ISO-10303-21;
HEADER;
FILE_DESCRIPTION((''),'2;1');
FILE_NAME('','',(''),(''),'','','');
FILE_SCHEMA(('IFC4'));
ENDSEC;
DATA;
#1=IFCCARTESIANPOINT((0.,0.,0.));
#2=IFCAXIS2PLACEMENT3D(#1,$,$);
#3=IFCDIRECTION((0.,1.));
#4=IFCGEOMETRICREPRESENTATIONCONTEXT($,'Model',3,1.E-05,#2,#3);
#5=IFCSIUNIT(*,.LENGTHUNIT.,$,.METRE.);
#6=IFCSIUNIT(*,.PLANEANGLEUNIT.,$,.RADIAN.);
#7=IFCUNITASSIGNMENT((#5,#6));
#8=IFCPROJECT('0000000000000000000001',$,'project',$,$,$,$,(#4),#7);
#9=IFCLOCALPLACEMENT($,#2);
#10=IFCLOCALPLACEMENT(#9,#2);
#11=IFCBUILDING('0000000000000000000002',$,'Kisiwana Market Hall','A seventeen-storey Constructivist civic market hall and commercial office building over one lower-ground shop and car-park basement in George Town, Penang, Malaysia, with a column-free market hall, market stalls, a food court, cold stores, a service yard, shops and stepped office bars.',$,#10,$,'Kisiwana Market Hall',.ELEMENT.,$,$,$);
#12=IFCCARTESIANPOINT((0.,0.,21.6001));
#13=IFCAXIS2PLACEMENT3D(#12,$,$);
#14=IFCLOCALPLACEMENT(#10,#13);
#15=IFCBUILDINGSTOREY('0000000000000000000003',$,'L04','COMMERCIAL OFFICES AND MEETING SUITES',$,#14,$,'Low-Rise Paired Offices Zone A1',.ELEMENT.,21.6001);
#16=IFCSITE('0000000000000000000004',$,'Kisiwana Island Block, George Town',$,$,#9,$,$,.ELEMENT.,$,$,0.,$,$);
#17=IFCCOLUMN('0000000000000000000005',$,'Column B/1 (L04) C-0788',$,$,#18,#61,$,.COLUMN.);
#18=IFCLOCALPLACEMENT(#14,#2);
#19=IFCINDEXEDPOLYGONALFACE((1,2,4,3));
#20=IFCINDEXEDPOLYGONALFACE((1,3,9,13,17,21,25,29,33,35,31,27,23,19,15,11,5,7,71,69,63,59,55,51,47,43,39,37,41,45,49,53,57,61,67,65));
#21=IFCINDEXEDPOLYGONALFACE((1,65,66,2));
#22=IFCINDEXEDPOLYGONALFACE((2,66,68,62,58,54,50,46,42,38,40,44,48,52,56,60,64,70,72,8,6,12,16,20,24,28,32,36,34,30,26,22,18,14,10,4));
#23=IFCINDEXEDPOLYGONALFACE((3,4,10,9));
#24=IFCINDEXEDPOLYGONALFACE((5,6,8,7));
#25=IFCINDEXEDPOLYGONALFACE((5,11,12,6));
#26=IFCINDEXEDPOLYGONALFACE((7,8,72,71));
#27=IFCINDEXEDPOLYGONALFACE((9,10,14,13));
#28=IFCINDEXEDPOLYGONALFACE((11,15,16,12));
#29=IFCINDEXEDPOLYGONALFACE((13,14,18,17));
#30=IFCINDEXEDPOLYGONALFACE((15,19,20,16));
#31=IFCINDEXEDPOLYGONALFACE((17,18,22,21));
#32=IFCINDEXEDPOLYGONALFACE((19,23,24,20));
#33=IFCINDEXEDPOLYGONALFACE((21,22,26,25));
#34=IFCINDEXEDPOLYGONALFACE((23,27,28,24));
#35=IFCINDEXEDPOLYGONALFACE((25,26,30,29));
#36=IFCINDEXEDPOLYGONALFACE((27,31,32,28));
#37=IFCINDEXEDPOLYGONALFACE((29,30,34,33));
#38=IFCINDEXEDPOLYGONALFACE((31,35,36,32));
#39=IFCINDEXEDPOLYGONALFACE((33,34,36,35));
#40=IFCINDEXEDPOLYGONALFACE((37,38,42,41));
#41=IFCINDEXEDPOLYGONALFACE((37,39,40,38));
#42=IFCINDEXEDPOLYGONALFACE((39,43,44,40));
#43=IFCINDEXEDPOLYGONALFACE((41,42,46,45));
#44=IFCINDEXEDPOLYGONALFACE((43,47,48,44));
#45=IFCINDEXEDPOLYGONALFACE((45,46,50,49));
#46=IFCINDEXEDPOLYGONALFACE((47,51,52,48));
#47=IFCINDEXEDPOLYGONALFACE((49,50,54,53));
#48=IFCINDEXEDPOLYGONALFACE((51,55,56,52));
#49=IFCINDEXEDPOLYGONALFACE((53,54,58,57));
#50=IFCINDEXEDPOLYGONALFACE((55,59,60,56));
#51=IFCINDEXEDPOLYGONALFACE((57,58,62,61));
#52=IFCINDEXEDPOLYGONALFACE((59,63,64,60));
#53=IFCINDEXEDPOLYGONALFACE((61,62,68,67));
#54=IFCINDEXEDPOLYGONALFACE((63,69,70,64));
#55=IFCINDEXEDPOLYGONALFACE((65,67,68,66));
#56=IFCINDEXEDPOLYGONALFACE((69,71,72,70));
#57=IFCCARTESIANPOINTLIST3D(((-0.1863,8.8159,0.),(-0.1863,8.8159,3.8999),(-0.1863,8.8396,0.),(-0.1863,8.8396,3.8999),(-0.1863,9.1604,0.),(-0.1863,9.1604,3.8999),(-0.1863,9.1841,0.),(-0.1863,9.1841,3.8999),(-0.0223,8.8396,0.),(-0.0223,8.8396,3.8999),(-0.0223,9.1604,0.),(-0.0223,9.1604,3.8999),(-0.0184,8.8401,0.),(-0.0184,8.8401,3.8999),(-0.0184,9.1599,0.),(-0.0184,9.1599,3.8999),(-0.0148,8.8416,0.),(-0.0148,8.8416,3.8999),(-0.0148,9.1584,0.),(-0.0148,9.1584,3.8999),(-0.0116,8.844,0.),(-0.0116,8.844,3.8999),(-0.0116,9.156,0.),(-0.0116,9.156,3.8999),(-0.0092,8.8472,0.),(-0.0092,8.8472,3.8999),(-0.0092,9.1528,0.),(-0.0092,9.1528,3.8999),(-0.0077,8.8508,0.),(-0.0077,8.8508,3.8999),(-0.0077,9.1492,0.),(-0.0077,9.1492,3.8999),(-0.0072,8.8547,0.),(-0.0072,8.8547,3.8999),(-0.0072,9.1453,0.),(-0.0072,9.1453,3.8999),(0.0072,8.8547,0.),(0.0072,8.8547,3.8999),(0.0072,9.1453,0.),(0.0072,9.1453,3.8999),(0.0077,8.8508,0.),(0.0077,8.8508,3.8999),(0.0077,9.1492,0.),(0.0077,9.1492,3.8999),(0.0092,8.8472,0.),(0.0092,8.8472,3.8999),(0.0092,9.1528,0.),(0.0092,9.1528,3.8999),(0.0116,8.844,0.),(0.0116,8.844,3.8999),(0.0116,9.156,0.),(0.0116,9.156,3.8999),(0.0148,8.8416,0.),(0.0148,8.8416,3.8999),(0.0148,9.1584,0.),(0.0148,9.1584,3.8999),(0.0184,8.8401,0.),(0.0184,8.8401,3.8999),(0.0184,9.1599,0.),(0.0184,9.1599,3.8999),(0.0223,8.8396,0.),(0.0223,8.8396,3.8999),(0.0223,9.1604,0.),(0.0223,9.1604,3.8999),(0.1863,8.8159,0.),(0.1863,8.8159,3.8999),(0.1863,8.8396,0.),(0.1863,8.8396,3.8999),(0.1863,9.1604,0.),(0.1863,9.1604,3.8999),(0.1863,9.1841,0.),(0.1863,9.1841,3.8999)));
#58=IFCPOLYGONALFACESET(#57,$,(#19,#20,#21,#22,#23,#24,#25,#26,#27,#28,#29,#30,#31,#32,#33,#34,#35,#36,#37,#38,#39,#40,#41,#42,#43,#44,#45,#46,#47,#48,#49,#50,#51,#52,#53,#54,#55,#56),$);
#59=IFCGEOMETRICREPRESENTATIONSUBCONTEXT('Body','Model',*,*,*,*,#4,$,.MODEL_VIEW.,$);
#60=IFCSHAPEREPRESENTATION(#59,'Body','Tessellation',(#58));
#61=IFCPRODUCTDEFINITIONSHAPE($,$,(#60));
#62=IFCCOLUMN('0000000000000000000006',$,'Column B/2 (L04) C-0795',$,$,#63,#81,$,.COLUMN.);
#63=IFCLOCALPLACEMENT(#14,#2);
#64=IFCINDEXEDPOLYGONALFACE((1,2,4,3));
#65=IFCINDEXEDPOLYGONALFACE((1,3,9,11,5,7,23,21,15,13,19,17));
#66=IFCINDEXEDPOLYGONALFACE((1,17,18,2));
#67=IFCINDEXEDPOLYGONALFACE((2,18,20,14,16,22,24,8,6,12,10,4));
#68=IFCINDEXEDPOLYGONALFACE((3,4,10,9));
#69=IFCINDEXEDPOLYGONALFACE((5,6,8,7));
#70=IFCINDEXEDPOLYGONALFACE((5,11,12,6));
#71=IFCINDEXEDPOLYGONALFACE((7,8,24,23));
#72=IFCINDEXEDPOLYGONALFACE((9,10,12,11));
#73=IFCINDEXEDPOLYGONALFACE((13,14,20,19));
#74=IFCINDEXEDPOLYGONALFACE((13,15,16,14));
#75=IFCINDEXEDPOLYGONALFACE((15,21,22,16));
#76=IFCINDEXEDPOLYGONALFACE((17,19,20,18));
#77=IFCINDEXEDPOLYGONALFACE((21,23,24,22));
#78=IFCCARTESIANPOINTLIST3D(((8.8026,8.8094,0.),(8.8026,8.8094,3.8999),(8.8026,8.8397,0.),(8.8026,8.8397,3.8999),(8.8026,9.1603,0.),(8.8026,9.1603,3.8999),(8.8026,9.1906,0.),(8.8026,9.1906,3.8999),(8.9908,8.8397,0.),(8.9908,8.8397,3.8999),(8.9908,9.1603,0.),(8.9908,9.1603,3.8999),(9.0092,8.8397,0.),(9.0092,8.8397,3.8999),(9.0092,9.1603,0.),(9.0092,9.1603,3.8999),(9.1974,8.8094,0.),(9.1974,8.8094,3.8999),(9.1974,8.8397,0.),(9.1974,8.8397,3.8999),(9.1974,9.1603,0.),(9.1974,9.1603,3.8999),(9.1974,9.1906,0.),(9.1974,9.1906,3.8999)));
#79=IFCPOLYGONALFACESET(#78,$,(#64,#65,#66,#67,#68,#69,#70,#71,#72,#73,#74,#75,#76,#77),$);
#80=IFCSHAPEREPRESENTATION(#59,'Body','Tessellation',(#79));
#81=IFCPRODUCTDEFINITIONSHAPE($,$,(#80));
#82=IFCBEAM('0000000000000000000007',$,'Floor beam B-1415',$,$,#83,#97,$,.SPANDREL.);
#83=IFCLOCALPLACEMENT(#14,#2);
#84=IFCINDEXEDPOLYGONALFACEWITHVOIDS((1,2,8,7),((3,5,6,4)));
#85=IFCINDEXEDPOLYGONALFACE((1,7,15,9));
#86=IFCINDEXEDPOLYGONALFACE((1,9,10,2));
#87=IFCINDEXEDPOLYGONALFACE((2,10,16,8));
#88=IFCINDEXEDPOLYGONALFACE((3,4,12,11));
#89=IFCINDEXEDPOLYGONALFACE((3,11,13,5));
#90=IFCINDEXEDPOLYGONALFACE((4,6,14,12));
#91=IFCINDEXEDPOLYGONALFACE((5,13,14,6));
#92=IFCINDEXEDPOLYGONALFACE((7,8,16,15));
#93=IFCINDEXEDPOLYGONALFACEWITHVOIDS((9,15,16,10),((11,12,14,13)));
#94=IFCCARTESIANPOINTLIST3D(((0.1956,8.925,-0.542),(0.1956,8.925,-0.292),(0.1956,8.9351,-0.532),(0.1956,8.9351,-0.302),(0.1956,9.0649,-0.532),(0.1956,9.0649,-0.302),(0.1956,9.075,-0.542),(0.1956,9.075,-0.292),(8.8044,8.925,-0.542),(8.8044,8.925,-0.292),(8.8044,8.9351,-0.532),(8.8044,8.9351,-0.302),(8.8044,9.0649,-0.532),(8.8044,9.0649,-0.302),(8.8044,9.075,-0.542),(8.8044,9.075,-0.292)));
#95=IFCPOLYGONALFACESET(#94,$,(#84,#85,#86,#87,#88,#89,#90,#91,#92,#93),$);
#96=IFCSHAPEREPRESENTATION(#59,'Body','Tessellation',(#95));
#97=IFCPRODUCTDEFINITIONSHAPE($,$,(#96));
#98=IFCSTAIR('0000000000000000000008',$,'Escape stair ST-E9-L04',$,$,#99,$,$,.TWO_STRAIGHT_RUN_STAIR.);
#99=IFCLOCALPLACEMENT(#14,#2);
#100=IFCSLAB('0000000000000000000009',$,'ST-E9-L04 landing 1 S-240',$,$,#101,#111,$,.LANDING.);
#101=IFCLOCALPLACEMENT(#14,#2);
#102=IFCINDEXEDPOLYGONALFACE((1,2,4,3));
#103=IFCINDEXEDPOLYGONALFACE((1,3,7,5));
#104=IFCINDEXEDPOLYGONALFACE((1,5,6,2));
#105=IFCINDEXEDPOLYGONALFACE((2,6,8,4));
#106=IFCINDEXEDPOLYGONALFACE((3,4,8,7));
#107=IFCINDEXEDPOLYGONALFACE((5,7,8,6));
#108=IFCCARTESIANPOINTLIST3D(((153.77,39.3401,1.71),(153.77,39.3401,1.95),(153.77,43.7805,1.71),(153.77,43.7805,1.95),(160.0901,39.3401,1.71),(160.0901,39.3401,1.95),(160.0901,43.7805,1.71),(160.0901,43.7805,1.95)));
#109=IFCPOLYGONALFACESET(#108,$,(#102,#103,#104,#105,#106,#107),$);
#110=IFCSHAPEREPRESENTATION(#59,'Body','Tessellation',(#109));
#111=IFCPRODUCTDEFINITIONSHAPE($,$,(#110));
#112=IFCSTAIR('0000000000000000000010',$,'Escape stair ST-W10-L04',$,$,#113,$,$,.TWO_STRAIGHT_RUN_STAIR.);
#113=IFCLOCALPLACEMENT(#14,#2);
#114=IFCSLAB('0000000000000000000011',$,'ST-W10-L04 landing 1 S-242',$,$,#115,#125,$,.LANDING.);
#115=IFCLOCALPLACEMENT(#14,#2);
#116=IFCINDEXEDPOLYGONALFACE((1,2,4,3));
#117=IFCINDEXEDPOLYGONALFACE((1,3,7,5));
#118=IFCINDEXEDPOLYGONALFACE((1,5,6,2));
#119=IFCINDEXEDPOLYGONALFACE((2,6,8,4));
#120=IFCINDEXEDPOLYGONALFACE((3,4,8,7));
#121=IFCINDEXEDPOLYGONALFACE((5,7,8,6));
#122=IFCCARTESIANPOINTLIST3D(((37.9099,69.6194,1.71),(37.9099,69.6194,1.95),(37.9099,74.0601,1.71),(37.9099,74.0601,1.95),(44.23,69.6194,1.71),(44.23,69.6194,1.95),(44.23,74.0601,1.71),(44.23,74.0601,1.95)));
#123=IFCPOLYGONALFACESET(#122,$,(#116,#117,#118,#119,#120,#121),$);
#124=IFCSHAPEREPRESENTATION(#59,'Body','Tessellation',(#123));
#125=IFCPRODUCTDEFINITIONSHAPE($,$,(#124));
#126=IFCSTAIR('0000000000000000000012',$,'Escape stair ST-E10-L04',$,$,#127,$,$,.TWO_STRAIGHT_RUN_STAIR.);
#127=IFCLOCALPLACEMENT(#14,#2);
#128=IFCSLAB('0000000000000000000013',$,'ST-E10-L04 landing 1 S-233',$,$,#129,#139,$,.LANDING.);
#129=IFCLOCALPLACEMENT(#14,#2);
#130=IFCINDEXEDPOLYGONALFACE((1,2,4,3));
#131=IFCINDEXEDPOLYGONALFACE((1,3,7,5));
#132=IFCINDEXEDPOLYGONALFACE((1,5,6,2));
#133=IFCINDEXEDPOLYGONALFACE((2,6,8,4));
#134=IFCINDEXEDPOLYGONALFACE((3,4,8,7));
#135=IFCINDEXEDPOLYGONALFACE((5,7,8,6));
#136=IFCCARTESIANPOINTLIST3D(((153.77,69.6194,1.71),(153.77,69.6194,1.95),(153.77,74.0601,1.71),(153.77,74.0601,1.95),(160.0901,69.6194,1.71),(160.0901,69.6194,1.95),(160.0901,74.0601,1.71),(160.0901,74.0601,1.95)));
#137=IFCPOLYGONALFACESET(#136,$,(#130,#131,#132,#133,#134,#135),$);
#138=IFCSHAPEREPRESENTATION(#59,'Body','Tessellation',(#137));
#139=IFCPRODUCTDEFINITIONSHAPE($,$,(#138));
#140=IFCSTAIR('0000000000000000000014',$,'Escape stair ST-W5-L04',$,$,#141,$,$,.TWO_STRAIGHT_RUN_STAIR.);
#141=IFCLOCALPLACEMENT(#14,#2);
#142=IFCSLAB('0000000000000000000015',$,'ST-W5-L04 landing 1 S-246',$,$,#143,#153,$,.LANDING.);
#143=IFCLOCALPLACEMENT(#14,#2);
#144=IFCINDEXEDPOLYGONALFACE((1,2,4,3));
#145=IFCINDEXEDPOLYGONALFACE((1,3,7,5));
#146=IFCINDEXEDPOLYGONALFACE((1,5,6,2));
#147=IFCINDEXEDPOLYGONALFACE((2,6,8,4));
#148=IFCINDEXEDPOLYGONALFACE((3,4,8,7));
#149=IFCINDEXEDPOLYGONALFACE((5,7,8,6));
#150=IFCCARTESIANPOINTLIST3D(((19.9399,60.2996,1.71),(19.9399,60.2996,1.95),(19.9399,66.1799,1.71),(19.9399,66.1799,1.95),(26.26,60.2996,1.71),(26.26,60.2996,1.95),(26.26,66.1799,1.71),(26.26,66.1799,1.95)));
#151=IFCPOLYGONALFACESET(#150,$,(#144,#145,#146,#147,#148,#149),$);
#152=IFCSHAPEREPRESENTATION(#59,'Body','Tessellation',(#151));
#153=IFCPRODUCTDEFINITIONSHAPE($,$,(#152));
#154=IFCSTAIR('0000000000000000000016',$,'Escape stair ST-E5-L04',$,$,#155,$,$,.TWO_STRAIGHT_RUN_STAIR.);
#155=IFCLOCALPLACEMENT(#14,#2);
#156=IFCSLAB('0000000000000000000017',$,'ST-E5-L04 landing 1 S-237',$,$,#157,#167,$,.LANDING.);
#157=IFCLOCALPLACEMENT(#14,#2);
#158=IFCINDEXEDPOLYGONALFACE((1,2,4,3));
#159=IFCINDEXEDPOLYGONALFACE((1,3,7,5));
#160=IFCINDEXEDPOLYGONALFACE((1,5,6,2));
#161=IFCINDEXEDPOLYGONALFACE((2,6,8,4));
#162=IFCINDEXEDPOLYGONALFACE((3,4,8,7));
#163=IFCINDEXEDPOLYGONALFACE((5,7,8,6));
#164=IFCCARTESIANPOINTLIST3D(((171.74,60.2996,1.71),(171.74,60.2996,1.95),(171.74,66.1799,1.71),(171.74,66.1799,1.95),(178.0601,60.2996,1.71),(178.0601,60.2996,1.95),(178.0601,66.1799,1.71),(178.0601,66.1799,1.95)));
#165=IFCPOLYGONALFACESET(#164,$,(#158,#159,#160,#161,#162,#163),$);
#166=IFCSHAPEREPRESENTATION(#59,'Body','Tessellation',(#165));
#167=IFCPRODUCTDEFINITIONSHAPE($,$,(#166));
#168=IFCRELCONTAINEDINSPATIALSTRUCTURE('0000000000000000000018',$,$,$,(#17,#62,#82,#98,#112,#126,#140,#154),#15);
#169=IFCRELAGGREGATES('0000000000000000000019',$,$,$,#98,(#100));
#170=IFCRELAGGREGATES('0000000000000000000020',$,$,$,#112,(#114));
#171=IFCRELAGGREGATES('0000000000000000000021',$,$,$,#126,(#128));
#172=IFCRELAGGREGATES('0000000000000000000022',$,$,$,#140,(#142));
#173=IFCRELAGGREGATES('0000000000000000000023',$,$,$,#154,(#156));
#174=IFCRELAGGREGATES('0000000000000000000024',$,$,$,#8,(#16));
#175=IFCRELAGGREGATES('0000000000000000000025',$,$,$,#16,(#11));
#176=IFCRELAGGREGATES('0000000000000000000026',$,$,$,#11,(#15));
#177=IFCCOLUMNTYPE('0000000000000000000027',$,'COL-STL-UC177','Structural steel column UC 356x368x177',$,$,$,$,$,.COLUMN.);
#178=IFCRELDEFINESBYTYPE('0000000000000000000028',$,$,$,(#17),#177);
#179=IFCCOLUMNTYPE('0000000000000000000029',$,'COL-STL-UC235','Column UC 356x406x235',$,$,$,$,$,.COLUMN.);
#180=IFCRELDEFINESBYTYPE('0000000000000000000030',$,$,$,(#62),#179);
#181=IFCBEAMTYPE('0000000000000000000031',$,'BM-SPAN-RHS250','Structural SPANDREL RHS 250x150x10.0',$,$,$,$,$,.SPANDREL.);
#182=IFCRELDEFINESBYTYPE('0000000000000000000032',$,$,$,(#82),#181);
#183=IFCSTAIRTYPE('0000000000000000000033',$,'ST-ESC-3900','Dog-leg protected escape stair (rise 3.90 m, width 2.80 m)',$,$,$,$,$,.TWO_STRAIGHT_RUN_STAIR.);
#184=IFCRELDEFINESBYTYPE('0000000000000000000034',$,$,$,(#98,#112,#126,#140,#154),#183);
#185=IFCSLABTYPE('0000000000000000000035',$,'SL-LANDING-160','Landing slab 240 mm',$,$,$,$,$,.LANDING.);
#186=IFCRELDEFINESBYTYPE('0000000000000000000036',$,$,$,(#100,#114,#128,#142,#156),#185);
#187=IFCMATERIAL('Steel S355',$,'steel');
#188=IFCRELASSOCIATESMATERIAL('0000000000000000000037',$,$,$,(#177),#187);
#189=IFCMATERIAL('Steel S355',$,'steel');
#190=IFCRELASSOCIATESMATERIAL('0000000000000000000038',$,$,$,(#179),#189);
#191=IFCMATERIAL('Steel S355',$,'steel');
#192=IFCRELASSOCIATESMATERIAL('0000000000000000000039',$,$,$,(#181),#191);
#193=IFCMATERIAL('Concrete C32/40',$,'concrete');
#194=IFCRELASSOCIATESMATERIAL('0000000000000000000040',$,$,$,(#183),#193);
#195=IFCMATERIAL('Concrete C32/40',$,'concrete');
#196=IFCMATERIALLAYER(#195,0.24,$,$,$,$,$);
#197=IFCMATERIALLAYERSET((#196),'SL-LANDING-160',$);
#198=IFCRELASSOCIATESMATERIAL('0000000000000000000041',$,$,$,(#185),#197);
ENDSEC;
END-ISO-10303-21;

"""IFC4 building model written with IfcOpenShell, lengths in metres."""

from ifc_helpers import new_model, si_unit, direction, frame, origin, origin_2d, place, context, subcontext, project, spatial, polyline, hollow_rectangle, i_section, outline, extrude, material, layer, layer_set, material_profile, profile_set, type_object, element, aggregate, save


model = new_model("IFC4")

# Units and contexts
model_context = context("Model", 3, precision=1e-05, world=origin(), true_north=direction((0.0, 1.0)))
body_context = subcontext(model_context, "Body", "Model", "MODEL_VIEW")
ifc_project = project(units=[si_unit("LENGTHUNIT", "METRE"), si_unit("PLANEANGLEUNIT", "RADIAN")], contexts=[model_context])

# Site, building, storey
site_placement = place(None, origin())
site = spatial("IfcSite", under=ifc_project, at=site_placement, Name="Kisiwana Island Block, George Town", CompositionType="ELEMENT", RefElevation=0.0)
building_placement = place(site_placement, origin())
building = spatial("IfcBuilding", under=site, at=building_placement, Name="Kisiwana Market Hall", Description="A seventeen-storey Constructivist civic market hall and commercial office building over one lower-ground shop and car-park basement in George Town, Penang, Malaysia, with a column-free market hall, market stalls, a food court, cold stores, a service yard, shops and stepped office bars.", LongName="Kisiwana Market Hall", CompositionType="ELEMENT")
storey_placement = place(building_placement, frame((0.0, 0.0, 21.6001)))
storey = spatial("IfcBuildingStorey", under=building, at=storey_placement, Name="L04", Description="COMMERCIAL OFFICES AND MEETING SUITES", LongName="Low-Rise Paired Offices Zone A1", CompositionType="ELEMENT", Elevation=21.6001)

# Columns
ifc_material_1 = material(Name="Steel S355", Category="steel")
ifc_material_profile_1 = material_profile(ifc_material_1, i_section(OverallWidth=0.3726, OverallDepth=0.3682, WebThickness=0.0144, FlangeThickness=0.0237, FilletRadius=0.0151, at=origin_2d()), Name="UC 356x368x177")
ifc_profile_set_1 = profile_set([ifc_material_profile_1], Name="Steel S355")
column_type_1 = type_object("IfcColumnType", Name="COL-STL-UC177", Description="Structural steel column UC 356x368x177", PredefinedType="COLUMN", material=ifc_profile_set_1)
column_1_placement = place(storey_placement, frame((0.0, 9.0, 0.0), z_axis=(0.0, 0.0, 1.0), x_axis=(1.0, 0.0, 0.0)))
element("IfcColumn", 1, at=column_1_placement, inside=storey, type_object=column_type_1, Name="Column B/1 (L04) C-0788", PredefinedType="COLUMN", context=body_context, shape_type="SweptSolid", body=[
    extrude(i_section(OverallWidth=0.3726, OverallDepth=0.3682, WebThickness=0.0144, FlangeThickness=0.0237, FilletRadius=0.0151, at=origin_2d()), origin(), (0.0, 0.0, 1.0), 3.8999),
])
ifc_material_2 = material(Name="Steel S355", Category="steel")
ifc_material_profile_2 = material_profile(ifc_material_2, i_section(OverallWidth=0.3948, OverallDepth=0.3811, WebThickness=0.0183, FlangeThickness=0.0303, at=origin_2d()), Name="UC 356x406x235")
ifc_profile_set_2 = profile_set([ifc_material_profile_2], Name="Steel S355")
column_type_2 = type_object("IfcColumnType", Name="COL-STL-UC235", Description="Column UC 356x406x235", PredefinedType="COLUMN", material=ifc_profile_set_2)
column_2_placement = place(storey_placement, frame((9.0, 9.0, 0.0), z_axis=(0.0, 0.0, 1.0), x_axis=(1.0, 0.0, 0.0)))
element("IfcColumn", 2, at=column_2_placement, inside=storey, type_object=column_type_2, Name="Column B/2 (L04) C-0795", PredefinedType="COLUMN", context=body_context, shape_type="SweptSolid", body=[
    extrude(i_section(OverallWidth=0.3948, OverallDepth=0.3811, WebThickness=0.0183, FlangeThickness=0.0303, at=origin_2d()), origin(), (0.0, 0.0, 1.0), 3.8999),
])

# Beam
ifc_material_3 = material(Name="Steel S355", Category="steel")
ifc_material_profile_3 = material_profile(ifc_material_3, hollow_rectangle(XDim=0.1499, YDim=0.25, WallThickness=0.01, at=origin_2d()), Name="RHS 250x150x10.0")
ifc_profile_set_3 = profile_set([ifc_material_profile_3], Name="Steel S355")
beam_type = type_object("IfcBeamType", Name="BM-SPAN-RHS250", Description="Structural SPANDREL RHS 250x150x10.0", PredefinedType="SPANDREL", material=ifc_profile_set_3)
beam_placement = place(storey_placement, frame((0.1956, 9.0, -0.417), z_axis=(1.0, 0.0, 0.0), x_axis=(0.0, 1.0, 0.0)))
element("IfcBeam", 3, at=beam_placement, inside=storey, type_object=beam_type, Name="Floor beam B-1415", PredefinedType="SPANDREL", context=body_context, shape_type="SweptSolid", body=[
    extrude(hollow_rectangle(XDim=0.1499, YDim=0.25, WallThickness=0.01, at=origin_2d()), origin(), (0.0, 0.0, 1.0), 8.6089),
])

# Stairs, slabs
ifc_material_4 = material(Name="Concrete C32/40", Category="concrete")
stair_type = type_object("IfcStairType", Name="ST-ESC-3900", Description="Dog-leg protected escape stair (rise 3.90 m, width 2.80 m)", PredefinedType="TWO_STRAIGHT_RUN_STAIR", material=ifc_material_4)
stair_1_placement = place(storey_placement, origin())
stair_1 = element("IfcStair", 4, at=stair_1_placement, inside=storey, type_object=stair_type, Name="Escape stair ST-E9-L04", PredefinedType="TWO_STRAIGHT_RUN_STAIR")
ifc_material_5 = material(Name="Concrete C32/40", Category="concrete")
ifc_layer_1 = layer(ifc_material_5, 0.24)
ifc_layer_set_1 = layer_set([ifc_layer_1], Name="SL-LANDING-160")
slab_type = type_object("IfcSlabType", Name="SL-LANDING-160", Description="Landing slab 240 mm", PredefinedType="LANDING", material=ifc_layer_set_1)
slab_1_placement = place(storey_placement, frame((0.0, 0.0, 1.71)))
slab_1 = element("IfcSlab", 5, at=slab_1_placement, type_object=slab_type, Name="ST-E9-L04 landing 1 S-240", PredefinedType="LANDING", context=body_context, shape_type="SweptSolid", body=[
    extrude(outline(polyline([(153.77, 39.3401), (160.0901, 39.3401), (160.0901, 43.7805), (153.77, 43.7805), (153.77, 39.3401)])), origin(), (0.0, 0.0, 1.0), 0.24),
])
aggregate(stair_1, [slab_1])
stair_2_placement = place(storey_placement, origin())
stair_2 = element("IfcStair", 6, at=stair_2_placement, inside=storey, type_object=stair_type, Name="Escape stair ST-W10-L04", PredefinedType="TWO_STRAIGHT_RUN_STAIR")
slab_2_placement = place(storey_placement, frame((0.0, 0.0, 1.71)))
slab_2 = element("IfcSlab", 7, at=slab_2_placement, type_object=slab_type, Name="ST-W10-L04 landing 1 S-242", PredefinedType="LANDING", context=body_context, shape_type="SweptSolid", body=[
    extrude(outline(polyline([(37.9099, 69.6194), (44.23, 69.6194), (44.23, 74.0601), (37.9099, 74.0601), (37.9099, 69.6194)])), origin(), (0.0, 0.0, 1.0), 0.24),
])
aggregate(stair_2, [slab_2])
stair_3_placement = place(storey_placement, origin())
stair_3 = element("IfcStair", 8, at=stair_3_placement, inside=storey, type_object=stair_type, Name="Escape stair ST-E10-L04", PredefinedType="TWO_STRAIGHT_RUN_STAIR")
slab_3_placement = place(storey_placement, frame((0.0, 0.0, 1.71)))
slab_3 = element("IfcSlab", 9, at=slab_3_placement, type_object=slab_type, Name="ST-E10-L04 landing 1 S-233", PredefinedType="LANDING", context=body_context, shape_type="SweptSolid", body=[
    extrude(outline(polyline([(153.77, 69.6194), (160.0901, 69.6194), (160.0901, 74.0601), (153.77, 74.0601), (153.77, 69.6194)])), origin(), (0.0, 0.0, 1.0), 0.24),
])
aggregate(stair_3, [slab_3])
stair_4_placement = place(storey_placement, origin())
stair_4 = element("IfcStair", 10, at=stair_4_placement, inside=storey, type_object=stair_type, Name="Escape stair ST-W5-L04", PredefinedType="TWO_STRAIGHT_RUN_STAIR")
slab_4_placement = place(storey_placement, frame((0.0, 0.0, 1.71)))
slab_4 = element("IfcSlab", 11, at=slab_4_placement, type_object=slab_type, Name="ST-W5-L04 landing 1 S-246", PredefinedType="LANDING", context=body_context, shape_type="SweptSolid", body=[
    extrude(outline(polyline([(19.9399, 60.2996), (26.26, 60.2996), (26.26, 66.1799), (19.9399, 66.1799), (19.9399, 60.2996)])), origin(), (0.0, 0.0, 1.0), 0.24),
])
aggregate(stair_4, [slab_4])
stair_5_placement = place(storey_placement, origin())
stair_5 = element("IfcStair", 12, at=stair_5_placement, inside=storey, type_object=stair_type, Name="Escape stair ST-E5-L04", PredefinedType="TWO_STRAIGHT_RUN_STAIR")
slab_5_placement = place(storey_placement, frame((0.0, 0.0, 1.71)))
slab_5 = element("IfcSlab", 13, at=slab_5_placement, type_object=slab_type, Name="ST-E5-L04 landing 1 S-237", PredefinedType="LANDING", context=body_context, shape_type="SweptSolid", body=[
    extrude(outline(polyline([(171.74, 60.2996), (178.0601, 60.2996), (178.0601, 66.1799), (171.74, 66.1799), (171.74, 60.2996)])), origin(), (0.0, 0.0, 1.0), 0.24),
])
aggregate(stair_5, [slab_5])

save(model, "model.ifc")
